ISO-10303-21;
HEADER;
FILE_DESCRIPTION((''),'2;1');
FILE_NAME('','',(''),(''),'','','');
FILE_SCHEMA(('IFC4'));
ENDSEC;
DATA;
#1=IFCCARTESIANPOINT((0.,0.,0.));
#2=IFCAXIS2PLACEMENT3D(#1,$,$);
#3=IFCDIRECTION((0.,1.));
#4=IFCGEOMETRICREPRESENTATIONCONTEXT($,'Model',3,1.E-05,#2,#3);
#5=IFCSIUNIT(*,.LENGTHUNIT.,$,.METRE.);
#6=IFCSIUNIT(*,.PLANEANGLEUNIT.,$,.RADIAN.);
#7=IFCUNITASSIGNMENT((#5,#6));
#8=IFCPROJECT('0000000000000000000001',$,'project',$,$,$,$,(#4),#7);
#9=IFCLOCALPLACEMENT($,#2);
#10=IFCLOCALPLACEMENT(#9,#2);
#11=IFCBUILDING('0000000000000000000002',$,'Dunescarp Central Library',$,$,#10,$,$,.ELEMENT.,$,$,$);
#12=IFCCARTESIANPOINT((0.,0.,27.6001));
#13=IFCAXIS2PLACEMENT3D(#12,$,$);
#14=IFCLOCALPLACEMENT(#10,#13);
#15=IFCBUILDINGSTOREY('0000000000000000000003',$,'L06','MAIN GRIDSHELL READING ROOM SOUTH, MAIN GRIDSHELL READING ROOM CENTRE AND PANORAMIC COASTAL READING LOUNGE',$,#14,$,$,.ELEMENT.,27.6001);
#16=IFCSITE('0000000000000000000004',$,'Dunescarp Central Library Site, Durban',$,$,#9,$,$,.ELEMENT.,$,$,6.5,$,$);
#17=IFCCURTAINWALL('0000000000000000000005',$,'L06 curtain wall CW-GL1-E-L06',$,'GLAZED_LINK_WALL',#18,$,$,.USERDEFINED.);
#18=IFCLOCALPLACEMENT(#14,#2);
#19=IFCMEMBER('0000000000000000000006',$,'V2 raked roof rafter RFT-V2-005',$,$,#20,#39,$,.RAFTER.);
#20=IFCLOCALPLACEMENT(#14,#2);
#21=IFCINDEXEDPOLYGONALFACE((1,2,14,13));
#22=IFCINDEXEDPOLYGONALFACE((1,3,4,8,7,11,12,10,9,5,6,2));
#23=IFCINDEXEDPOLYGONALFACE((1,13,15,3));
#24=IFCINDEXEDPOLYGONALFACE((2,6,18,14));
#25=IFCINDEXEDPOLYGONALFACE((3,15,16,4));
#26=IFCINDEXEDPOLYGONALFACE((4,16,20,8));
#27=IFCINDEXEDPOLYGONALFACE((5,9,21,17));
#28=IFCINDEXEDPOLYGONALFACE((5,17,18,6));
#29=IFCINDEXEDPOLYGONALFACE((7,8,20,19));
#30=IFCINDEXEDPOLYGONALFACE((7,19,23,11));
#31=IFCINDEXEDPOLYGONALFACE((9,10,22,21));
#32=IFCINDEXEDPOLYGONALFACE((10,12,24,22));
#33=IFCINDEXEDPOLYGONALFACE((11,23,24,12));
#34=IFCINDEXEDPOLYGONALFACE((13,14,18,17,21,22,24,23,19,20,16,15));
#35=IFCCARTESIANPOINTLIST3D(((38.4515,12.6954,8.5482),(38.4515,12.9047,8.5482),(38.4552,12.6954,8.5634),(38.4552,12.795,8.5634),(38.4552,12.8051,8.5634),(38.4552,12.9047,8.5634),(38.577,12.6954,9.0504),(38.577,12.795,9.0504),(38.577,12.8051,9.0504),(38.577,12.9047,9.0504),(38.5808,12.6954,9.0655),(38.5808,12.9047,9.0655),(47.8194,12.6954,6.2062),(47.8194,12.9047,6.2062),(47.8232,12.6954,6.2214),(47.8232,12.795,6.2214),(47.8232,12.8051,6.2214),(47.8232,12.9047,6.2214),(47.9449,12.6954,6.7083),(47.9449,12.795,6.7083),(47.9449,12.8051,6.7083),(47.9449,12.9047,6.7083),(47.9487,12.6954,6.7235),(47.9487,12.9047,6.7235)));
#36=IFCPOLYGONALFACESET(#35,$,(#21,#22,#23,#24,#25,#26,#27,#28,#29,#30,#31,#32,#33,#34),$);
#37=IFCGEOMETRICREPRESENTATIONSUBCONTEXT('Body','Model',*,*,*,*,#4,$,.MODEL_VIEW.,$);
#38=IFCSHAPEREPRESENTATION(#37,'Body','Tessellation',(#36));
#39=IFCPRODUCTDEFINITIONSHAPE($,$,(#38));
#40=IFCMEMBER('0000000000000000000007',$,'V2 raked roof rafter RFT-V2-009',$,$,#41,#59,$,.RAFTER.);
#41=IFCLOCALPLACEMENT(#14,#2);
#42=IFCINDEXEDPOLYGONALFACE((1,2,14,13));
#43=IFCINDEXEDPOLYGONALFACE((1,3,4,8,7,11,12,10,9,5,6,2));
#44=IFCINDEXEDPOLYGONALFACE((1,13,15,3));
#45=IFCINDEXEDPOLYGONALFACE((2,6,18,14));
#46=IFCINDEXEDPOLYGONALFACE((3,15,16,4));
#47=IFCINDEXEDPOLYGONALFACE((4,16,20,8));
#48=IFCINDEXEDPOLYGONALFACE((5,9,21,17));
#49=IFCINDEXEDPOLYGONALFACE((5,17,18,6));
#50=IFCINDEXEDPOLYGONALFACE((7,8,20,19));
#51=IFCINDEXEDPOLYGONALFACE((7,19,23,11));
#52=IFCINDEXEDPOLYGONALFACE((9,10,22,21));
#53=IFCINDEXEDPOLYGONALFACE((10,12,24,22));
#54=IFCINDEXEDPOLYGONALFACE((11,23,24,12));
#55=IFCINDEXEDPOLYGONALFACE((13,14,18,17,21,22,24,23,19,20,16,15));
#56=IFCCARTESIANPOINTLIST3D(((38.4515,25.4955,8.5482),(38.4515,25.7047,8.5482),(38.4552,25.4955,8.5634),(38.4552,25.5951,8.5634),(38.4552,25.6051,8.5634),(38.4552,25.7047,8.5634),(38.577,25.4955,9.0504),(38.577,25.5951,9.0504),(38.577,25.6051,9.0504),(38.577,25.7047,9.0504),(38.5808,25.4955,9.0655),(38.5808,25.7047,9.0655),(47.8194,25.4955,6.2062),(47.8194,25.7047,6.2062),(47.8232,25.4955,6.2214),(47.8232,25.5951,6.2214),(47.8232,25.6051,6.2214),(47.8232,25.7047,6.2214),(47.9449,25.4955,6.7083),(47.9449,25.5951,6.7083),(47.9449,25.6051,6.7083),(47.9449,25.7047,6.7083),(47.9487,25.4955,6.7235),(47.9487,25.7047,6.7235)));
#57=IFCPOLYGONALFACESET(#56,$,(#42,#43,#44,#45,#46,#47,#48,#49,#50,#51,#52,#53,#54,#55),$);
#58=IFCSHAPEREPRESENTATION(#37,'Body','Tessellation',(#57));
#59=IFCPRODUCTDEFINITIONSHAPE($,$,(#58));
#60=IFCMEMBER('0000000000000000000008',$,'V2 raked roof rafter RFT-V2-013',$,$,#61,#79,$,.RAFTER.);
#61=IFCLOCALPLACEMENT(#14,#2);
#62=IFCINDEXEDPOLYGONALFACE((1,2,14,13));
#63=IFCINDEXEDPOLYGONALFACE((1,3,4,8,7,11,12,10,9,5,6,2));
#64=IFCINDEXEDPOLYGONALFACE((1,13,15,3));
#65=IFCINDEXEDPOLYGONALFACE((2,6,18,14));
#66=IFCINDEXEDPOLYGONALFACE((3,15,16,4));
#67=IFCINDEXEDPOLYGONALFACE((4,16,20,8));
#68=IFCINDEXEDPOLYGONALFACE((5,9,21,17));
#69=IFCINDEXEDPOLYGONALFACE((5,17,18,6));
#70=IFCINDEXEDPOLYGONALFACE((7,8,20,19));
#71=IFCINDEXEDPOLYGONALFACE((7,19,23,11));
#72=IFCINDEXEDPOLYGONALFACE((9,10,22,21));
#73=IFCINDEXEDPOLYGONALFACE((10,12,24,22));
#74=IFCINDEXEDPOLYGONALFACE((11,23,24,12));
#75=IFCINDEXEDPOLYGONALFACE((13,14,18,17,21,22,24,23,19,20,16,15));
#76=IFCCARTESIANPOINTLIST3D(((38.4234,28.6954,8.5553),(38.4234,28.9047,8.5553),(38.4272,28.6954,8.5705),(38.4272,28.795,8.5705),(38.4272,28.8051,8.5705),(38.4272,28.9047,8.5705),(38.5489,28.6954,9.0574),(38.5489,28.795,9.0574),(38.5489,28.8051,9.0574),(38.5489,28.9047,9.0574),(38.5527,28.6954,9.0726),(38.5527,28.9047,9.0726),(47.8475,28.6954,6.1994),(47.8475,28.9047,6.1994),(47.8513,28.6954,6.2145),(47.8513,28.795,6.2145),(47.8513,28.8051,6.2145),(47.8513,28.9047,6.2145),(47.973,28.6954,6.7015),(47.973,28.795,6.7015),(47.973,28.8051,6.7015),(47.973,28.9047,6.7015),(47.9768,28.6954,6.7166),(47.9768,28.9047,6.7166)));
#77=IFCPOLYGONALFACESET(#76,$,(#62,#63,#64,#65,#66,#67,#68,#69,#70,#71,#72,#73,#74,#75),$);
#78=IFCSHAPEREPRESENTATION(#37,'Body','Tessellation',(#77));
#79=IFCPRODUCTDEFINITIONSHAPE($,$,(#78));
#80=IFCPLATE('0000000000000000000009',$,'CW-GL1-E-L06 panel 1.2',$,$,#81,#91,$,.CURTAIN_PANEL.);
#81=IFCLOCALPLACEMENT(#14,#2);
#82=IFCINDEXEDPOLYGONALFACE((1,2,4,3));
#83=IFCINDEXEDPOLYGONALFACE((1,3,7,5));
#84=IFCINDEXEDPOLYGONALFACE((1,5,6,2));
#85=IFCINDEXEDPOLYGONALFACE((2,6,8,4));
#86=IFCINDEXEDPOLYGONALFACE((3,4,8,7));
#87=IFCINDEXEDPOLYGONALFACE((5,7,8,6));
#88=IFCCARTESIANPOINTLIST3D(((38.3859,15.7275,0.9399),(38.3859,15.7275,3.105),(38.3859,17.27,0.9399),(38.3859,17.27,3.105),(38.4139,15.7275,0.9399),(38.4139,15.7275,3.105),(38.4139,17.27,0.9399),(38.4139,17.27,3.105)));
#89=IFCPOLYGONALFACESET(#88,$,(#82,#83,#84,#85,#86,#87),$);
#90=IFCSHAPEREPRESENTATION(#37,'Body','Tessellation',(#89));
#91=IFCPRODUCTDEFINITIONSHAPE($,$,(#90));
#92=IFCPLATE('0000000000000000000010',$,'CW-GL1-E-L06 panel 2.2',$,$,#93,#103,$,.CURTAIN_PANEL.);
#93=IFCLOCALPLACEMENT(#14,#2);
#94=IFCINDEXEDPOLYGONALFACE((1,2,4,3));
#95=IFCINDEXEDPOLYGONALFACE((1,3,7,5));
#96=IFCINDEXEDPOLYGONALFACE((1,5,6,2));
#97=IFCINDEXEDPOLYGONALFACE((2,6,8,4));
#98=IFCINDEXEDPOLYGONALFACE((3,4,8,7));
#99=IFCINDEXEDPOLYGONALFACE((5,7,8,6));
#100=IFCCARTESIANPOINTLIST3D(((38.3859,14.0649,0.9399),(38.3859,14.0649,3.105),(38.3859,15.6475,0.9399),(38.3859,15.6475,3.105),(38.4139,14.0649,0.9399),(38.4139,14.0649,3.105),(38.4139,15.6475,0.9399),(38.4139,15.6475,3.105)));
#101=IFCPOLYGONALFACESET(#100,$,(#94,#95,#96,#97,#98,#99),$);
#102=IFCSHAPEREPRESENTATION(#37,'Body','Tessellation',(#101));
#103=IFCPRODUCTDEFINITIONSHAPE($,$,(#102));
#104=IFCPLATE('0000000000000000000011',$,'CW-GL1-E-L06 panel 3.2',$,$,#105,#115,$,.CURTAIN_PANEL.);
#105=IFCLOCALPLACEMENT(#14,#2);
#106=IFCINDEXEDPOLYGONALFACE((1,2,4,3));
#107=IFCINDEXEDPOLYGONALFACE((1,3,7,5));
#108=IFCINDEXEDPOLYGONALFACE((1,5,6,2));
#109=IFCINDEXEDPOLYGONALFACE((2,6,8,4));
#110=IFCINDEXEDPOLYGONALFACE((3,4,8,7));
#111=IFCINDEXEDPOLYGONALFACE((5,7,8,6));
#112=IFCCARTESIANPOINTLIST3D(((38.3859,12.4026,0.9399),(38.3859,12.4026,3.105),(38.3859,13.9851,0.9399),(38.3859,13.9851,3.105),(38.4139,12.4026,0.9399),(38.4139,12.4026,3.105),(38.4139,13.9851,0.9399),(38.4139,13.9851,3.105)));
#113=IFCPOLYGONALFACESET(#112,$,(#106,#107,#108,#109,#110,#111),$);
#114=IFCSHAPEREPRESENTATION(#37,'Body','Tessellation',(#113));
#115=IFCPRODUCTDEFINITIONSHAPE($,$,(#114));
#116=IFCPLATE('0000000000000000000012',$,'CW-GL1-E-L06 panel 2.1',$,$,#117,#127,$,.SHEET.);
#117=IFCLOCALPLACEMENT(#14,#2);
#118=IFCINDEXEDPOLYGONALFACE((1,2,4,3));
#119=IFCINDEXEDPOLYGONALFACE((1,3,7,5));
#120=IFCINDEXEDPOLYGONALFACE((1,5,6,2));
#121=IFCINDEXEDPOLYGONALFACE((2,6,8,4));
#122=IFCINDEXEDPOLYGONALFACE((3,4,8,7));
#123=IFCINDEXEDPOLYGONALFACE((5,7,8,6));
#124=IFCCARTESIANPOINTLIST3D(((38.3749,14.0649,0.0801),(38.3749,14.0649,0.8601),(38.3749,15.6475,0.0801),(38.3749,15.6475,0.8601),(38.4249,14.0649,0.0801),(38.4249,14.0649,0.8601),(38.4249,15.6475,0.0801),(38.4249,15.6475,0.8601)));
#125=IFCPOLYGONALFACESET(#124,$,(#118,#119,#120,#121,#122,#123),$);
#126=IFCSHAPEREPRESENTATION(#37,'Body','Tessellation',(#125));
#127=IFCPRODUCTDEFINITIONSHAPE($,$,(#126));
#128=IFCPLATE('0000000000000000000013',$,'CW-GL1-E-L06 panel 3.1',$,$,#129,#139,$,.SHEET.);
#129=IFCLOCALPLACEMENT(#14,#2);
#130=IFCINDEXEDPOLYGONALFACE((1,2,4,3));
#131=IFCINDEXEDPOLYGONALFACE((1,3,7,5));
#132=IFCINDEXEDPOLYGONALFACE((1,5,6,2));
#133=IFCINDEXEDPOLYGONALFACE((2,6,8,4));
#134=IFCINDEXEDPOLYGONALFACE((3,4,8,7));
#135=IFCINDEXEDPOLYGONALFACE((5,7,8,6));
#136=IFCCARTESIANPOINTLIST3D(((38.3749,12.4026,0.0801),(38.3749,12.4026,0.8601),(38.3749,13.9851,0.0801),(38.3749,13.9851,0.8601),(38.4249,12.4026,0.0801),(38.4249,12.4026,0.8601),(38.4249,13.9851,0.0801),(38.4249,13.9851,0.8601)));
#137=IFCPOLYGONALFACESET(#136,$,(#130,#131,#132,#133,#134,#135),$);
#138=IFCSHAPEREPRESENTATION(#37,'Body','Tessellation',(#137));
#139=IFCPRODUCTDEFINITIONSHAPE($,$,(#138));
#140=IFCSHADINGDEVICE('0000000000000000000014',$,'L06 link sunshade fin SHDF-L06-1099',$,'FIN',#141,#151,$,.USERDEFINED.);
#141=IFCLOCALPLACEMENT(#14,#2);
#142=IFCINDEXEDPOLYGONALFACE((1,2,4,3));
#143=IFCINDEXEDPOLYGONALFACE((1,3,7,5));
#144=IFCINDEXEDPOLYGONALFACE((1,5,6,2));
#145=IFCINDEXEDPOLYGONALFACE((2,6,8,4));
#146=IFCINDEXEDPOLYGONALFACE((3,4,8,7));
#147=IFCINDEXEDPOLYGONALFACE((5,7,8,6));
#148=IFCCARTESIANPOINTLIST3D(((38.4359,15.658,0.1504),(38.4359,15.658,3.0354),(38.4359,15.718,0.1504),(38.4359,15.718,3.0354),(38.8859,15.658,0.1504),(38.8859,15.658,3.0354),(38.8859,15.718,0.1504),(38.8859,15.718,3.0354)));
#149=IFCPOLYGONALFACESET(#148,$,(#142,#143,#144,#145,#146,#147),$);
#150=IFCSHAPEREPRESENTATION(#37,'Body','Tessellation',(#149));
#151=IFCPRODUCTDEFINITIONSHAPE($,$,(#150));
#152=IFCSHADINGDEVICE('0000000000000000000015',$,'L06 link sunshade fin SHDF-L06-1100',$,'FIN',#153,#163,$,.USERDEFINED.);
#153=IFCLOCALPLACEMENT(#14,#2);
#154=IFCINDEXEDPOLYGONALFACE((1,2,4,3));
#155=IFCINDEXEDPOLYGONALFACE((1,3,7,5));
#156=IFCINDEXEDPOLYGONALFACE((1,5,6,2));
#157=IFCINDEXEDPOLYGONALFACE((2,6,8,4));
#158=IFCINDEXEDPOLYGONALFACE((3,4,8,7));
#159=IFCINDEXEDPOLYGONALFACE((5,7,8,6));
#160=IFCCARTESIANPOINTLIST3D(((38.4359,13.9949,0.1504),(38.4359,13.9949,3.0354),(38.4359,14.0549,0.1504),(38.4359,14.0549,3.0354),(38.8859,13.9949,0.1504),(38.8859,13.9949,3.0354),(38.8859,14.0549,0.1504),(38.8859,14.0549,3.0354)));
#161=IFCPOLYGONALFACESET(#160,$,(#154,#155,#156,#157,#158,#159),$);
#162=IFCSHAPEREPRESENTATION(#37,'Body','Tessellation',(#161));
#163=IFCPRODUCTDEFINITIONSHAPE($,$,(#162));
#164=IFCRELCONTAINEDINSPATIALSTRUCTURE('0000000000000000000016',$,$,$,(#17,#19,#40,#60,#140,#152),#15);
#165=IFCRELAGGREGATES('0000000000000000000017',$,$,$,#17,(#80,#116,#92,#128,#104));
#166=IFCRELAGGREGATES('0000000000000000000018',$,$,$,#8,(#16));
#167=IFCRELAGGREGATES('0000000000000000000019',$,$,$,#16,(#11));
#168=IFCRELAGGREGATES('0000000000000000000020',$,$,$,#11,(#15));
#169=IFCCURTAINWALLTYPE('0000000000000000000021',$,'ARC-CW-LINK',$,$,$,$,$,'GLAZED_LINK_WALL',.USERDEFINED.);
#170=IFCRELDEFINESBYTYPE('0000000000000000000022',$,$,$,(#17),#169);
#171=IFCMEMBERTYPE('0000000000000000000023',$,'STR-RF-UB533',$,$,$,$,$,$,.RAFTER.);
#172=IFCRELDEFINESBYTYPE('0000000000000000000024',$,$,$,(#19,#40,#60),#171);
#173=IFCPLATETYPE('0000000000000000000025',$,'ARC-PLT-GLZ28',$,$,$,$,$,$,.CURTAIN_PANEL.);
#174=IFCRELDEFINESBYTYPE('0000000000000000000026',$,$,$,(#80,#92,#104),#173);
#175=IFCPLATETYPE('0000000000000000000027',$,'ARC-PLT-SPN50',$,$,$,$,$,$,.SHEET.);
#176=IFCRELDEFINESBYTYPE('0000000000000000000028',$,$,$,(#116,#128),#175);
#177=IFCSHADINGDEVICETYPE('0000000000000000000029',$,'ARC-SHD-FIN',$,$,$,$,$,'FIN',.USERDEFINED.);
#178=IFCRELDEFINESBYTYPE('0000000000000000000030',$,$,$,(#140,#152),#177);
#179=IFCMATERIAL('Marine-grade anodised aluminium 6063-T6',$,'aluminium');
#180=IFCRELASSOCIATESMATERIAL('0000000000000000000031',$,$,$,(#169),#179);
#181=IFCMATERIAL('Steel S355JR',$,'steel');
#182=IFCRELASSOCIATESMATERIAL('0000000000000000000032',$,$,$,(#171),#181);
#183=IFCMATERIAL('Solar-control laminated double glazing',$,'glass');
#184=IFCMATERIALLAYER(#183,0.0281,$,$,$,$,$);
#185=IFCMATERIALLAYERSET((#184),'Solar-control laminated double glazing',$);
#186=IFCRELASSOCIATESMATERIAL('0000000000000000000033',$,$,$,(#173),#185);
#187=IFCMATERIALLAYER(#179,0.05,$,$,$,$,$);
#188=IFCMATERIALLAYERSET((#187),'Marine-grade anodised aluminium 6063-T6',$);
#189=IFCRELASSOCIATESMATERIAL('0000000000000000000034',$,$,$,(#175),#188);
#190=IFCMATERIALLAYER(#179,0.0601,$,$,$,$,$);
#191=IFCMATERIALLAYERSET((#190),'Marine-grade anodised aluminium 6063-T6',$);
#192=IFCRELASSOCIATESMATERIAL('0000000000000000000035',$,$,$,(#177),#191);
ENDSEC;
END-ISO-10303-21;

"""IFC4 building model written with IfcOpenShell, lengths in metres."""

from ifc_helpers import new_model, si_unit, direction, frame, origin, origin_2d, place, context, subcontext, project, spatial, rectangle, i_section, extrude, material, layer, layer_set, material_profile, profile_set, type_object, element, aggregate, save


model = new_model("IFC4")

# Units and contexts
model_context = context("Model", 3, precision=1e-05, world=origin(), true_north=direction((0.0, 1.0)))
body_context = subcontext(model_context, "Body", "Model", "MODEL_VIEW")
ifc_project = project(units=[si_unit("LENGTHUNIT", "METRE"), si_unit("PLANEANGLEUNIT", "RADIAN")], contexts=[model_context])

# Site, building, storey
site_placement = place(None, origin())
site = spatial("IfcSite", under=ifc_project, at=site_placement, Name="Dunescarp Central Library Site, Durban", CompositionType="ELEMENT", RefElevation=6.5)
building_placement = place(site_placement, origin())
building = spatial("IfcBuilding", under=site, at=building_placement, Name="Dunescarp Central Library", CompositionType="ELEMENT")
storey_placement = place(building_placement, frame((0.0, 0.0, 27.6001)))
storey = spatial("IfcBuildingStorey", under=building, at=storey_placement, Name="L06", Description="MAIN GRIDSHELL READING ROOM SOUTH, MAIN GRIDSHELL READING ROOM CENTRE AND PANORAMIC COASTAL READING LOUNGE", CompositionType="ELEMENT", Elevation=27.6001)

# Shared definitions
ifc_material_1 = material(Name="Steel S355JR", Category="steel")

# Curtain wall
ifc_material_2 = material(Name="Marine-grade anodised aluminium 6063-T6", Category="aluminium")
curtain_wall_type = type_object("IfcCurtainWallType", Name="ARC-CW-LINK", ElementType="GLAZED_LINK_WALL", PredefinedType="USERDEFINED", material=ifc_material_2)
curtain_wall_placement = place(storey_placement, origin())
curtain_wall = element("IfcCurtainWall", 1, at=curtain_wall_placement, inside=storey, type_object=curtain_wall_type, Name="L06 curtain wall CW-GL1-E-L06", ObjectType="GLAZED_LINK_WALL", PredefinedType="USERDEFINED")

# Members
ifc_material_profile_1 = material_profile(ifc_material_1, i_section(OverallWidth=0.2092, OverallDepth=0.5332, WebThickness=0.01, FlangeThickness=0.0156, at=origin_2d()), Name="UB 533x210x92")
ifc_profile_set_1 = profile_set([ifc_material_profile_1], Name="Steel S355JR")
member_type_1 = type_object("IfcMemberType", Name="STR-RF-UB533", PredefinedType="RAFTER", material=ifc_profile_set_1)
for number, where, z_axis, x_axis, name in (
    (2, (38.5161, 12.8, 8.8069), (0.970141, 0.0, -0.242542), (0.0, 1.0, 0.0), "V2 raked roof rafter RFT-V2-005"),
    (3, (38.5161, 25.6001, 8.8069), (0.970141, 0.0, -0.242542), (0.0, 1.0, 0.0), "V2 raked roof rafter RFT-V2-009"),
):
    element("IfcMember", number, at=place(storey_placement, frame(where, z_axis=z_axis, x_axis=x_axis)), inside=storey, type_object=member_type_1, Name=name, PredefinedType="RAFTER", context=body_context, shape_type="SweptSolid", body=[
        extrude(i_section(OverallWidth=0.2092, OverallDepth=0.5332, WebThickness=0.01, FlangeThickness=0.0156, at=origin_2d()), origin(), (0.0, 0.0, 1.0), 9.6562),
    ])
member_1_placement = place(storey_placement, frame((38.488, 28.8, 8.814), z_axis=(0.970144, 0.0, -0.24253), x_axis=(0.0, 1.0, 0.0)))
element("IfcMember", 4, at=member_1_placement, inside=storey, type_object=member_type_1, Name="V2 raked roof rafter RFT-V2-013", PredefinedType="RAFTER", context=body_context, shape_type="SweptSolid", body=[
    extrude(i_section(OverallWidth=0.2092, OverallDepth=0.5332, WebThickness=0.01, FlangeThickness=0.0156, at=origin_2d()), origin(), (0.0, 0.0, 1.0), 9.7141),
])

# Plates
ifc_material_3 = material(Name="Solar-control laminated double glazing", Category="glass")
ifc_layer_1 = layer(ifc_material_3, 0.0281)
ifc_layer_set_1 = layer_set([ifc_layer_1], Name="Solar-control laminated double glazing")
plate_type_1 = type_object("IfcPlateType", Name="ARC-PLT-GLZ28", PredefinedType="CURTAIN_PANEL", material=ifc_layer_set_1)
plate_1_placement = place(storey_placement, frame((38.3999, 16.4988, 0.9399), z_axis=(0.0, 0.0, 1.0), x_axis=(0.0, -1.0, 0.0)))
plate_1 = element("IfcPlate", 5, at=plate_1_placement, type_object=plate_type_1, Name="CW-GL1-E-L06 panel 1.2", PredefinedType="CURTAIN_PANEL", context=body_context, shape_type="SweptSolid", body=[
    extrude(rectangle(XDim=1.5425, YDim=0.0281, at=origin_2d()), origin(), (0.0, 0.0, 1.0), 2.165),
])
plate_2_placement = place(storey_placement, frame((38.3999, 14.8562, 0.9399), z_axis=(0.0, 0.0, 1.0), x_axis=(0.0, -1.0, 0.0)))
plate_2 = element("IfcPlate", 6, at=plate_2_placement, type_object=plate_type_1, Name="CW-GL1-E-L06 panel 2.2", PredefinedType="CURTAIN_PANEL", context=body_context, shape_type="SweptSolid", body=[
    extrude(rectangle(XDim=1.5825, YDim=0.0281, at=origin_2d()), origin(), (0.0, 0.0, 1.0), 2.165),
])
plate_3_placement = place(storey_placement, frame((38.3999, 13.1938, 0.9399), z_axis=(0.0, 0.0, 1.0), x_axis=(0.0, -1.0, 0.0)))
plate_3 = element("IfcPlate", 7, at=plate_3_placement, type_object=plate_type_1, Name="CW-GL1-E-L06 panel 3.2", PredefinedType="CURTAIN_PANEL", context=body_context, shape_type="SweptSolid", body=[
    extrude(rectangle(XDim=1.5825, YDim=0.0281, at=origin_2d()), origin(), (0.0, 0.0, 1.0), 2.165),
])
ifc_layer_2 = layer(ifc_material_2, 0.05)
ifc_layer_set_2 = layer_set([ifc_layer_2], Name="Marine-grade anodised aluminium 6063-T6")
plate_type_2 = type_object("IfcPlateType", Name="ARC-PLT-SPN50", PredefinedType="SHEET", material=ifc_layer_set_2)
plate_4_placement = place(storey_placement, frame((38.3999, 14.8562, 0.0801), z_axis=(0.0, 0.0, 1.0), x_axis=(0.0, -1.0, 0.0)))
plate_4 = element("IfcPlate", 8, at=plate_4_placement, type_object=plate_type_2, Name="CW-GL1-E-L06 panel 2.1", PredefinedType="SHEET", context=body_context, shape_type="SweptSolid", body=[
    extrude(rectangle(XDim=1.5825, YDim=0.05, at=origin_2d()), origin(), (0.0, 0.0, 1.0), 0.78),
])
plate_5_placement = place(storey_placement, frame((38.3999, 13.1938, 0.0801), z_axis=(0.0, 0.0, 1.0), x_axis=(0.0, -1.0, 0.0)))
plate_5 = element("IfcPlate", 9, at=plate_5_placement, type_object=plate_type_2, Name="CW-GL1-E-L06 panel 3.1", PredefinedType="SHEET", context=body_context, shape_type="SweptSolid", body=[
    extrude(rectangle(XDim=1.5825, YDim=0.05, at=origin_2d()), origin(), (0.0, 0.0, 1.0), 0.78),
])
aggregate(curtain_wall, [plate_1, plate_4, plate_2, plate_5, plate_3])

# Shading devices
ifc_layer_3 = layer(ifc_material_2, 0.0601)
ifc_layer_set_3 = layer_set([ifc_layer_3], Name="Marine-grade anodised aluminium 6063-T6")
shading_device_type = type_object("IfcShadingDeviceType", Name="ARC-SHD-FIN", ElementType="FIN", PredefinedType="USERDEFINED", material=ifc_layer_set_3)
for number, where, z_axis, x_axis, name in (
    (10, (38.6609, 15.688, 0.1504), (0.0, 0.0, 1.0), (1.0, 0.0, 0.0), "L06 link sunshade fin SHDF-L06-1099"),
    (11, (38.6609, 14.0249, 0.1504), (0.0, 0.0, 1.0), (1.0, 0.0, 0.0), "L06 link sunshade fin SHDF-L06-1100"),
):
    element("IfcShadingDevice", number, at=place(storey_placement, frame(where, z_axis=z_axis, x_axis=x_axis)), inside=storey, type_object=shading_device_type, Name=name, ObjectType="FIN", PredefinedType="USERDEFINED", context=body_context, shape_type="SweptSolid", body=[
        extrude(rectangle(XDim=0.45, YDim=0.0601, at=origin_2d()), origin(), (0.0, 0.0, 1.0), 2.885),
    ])

save(model, "model.ifc")
